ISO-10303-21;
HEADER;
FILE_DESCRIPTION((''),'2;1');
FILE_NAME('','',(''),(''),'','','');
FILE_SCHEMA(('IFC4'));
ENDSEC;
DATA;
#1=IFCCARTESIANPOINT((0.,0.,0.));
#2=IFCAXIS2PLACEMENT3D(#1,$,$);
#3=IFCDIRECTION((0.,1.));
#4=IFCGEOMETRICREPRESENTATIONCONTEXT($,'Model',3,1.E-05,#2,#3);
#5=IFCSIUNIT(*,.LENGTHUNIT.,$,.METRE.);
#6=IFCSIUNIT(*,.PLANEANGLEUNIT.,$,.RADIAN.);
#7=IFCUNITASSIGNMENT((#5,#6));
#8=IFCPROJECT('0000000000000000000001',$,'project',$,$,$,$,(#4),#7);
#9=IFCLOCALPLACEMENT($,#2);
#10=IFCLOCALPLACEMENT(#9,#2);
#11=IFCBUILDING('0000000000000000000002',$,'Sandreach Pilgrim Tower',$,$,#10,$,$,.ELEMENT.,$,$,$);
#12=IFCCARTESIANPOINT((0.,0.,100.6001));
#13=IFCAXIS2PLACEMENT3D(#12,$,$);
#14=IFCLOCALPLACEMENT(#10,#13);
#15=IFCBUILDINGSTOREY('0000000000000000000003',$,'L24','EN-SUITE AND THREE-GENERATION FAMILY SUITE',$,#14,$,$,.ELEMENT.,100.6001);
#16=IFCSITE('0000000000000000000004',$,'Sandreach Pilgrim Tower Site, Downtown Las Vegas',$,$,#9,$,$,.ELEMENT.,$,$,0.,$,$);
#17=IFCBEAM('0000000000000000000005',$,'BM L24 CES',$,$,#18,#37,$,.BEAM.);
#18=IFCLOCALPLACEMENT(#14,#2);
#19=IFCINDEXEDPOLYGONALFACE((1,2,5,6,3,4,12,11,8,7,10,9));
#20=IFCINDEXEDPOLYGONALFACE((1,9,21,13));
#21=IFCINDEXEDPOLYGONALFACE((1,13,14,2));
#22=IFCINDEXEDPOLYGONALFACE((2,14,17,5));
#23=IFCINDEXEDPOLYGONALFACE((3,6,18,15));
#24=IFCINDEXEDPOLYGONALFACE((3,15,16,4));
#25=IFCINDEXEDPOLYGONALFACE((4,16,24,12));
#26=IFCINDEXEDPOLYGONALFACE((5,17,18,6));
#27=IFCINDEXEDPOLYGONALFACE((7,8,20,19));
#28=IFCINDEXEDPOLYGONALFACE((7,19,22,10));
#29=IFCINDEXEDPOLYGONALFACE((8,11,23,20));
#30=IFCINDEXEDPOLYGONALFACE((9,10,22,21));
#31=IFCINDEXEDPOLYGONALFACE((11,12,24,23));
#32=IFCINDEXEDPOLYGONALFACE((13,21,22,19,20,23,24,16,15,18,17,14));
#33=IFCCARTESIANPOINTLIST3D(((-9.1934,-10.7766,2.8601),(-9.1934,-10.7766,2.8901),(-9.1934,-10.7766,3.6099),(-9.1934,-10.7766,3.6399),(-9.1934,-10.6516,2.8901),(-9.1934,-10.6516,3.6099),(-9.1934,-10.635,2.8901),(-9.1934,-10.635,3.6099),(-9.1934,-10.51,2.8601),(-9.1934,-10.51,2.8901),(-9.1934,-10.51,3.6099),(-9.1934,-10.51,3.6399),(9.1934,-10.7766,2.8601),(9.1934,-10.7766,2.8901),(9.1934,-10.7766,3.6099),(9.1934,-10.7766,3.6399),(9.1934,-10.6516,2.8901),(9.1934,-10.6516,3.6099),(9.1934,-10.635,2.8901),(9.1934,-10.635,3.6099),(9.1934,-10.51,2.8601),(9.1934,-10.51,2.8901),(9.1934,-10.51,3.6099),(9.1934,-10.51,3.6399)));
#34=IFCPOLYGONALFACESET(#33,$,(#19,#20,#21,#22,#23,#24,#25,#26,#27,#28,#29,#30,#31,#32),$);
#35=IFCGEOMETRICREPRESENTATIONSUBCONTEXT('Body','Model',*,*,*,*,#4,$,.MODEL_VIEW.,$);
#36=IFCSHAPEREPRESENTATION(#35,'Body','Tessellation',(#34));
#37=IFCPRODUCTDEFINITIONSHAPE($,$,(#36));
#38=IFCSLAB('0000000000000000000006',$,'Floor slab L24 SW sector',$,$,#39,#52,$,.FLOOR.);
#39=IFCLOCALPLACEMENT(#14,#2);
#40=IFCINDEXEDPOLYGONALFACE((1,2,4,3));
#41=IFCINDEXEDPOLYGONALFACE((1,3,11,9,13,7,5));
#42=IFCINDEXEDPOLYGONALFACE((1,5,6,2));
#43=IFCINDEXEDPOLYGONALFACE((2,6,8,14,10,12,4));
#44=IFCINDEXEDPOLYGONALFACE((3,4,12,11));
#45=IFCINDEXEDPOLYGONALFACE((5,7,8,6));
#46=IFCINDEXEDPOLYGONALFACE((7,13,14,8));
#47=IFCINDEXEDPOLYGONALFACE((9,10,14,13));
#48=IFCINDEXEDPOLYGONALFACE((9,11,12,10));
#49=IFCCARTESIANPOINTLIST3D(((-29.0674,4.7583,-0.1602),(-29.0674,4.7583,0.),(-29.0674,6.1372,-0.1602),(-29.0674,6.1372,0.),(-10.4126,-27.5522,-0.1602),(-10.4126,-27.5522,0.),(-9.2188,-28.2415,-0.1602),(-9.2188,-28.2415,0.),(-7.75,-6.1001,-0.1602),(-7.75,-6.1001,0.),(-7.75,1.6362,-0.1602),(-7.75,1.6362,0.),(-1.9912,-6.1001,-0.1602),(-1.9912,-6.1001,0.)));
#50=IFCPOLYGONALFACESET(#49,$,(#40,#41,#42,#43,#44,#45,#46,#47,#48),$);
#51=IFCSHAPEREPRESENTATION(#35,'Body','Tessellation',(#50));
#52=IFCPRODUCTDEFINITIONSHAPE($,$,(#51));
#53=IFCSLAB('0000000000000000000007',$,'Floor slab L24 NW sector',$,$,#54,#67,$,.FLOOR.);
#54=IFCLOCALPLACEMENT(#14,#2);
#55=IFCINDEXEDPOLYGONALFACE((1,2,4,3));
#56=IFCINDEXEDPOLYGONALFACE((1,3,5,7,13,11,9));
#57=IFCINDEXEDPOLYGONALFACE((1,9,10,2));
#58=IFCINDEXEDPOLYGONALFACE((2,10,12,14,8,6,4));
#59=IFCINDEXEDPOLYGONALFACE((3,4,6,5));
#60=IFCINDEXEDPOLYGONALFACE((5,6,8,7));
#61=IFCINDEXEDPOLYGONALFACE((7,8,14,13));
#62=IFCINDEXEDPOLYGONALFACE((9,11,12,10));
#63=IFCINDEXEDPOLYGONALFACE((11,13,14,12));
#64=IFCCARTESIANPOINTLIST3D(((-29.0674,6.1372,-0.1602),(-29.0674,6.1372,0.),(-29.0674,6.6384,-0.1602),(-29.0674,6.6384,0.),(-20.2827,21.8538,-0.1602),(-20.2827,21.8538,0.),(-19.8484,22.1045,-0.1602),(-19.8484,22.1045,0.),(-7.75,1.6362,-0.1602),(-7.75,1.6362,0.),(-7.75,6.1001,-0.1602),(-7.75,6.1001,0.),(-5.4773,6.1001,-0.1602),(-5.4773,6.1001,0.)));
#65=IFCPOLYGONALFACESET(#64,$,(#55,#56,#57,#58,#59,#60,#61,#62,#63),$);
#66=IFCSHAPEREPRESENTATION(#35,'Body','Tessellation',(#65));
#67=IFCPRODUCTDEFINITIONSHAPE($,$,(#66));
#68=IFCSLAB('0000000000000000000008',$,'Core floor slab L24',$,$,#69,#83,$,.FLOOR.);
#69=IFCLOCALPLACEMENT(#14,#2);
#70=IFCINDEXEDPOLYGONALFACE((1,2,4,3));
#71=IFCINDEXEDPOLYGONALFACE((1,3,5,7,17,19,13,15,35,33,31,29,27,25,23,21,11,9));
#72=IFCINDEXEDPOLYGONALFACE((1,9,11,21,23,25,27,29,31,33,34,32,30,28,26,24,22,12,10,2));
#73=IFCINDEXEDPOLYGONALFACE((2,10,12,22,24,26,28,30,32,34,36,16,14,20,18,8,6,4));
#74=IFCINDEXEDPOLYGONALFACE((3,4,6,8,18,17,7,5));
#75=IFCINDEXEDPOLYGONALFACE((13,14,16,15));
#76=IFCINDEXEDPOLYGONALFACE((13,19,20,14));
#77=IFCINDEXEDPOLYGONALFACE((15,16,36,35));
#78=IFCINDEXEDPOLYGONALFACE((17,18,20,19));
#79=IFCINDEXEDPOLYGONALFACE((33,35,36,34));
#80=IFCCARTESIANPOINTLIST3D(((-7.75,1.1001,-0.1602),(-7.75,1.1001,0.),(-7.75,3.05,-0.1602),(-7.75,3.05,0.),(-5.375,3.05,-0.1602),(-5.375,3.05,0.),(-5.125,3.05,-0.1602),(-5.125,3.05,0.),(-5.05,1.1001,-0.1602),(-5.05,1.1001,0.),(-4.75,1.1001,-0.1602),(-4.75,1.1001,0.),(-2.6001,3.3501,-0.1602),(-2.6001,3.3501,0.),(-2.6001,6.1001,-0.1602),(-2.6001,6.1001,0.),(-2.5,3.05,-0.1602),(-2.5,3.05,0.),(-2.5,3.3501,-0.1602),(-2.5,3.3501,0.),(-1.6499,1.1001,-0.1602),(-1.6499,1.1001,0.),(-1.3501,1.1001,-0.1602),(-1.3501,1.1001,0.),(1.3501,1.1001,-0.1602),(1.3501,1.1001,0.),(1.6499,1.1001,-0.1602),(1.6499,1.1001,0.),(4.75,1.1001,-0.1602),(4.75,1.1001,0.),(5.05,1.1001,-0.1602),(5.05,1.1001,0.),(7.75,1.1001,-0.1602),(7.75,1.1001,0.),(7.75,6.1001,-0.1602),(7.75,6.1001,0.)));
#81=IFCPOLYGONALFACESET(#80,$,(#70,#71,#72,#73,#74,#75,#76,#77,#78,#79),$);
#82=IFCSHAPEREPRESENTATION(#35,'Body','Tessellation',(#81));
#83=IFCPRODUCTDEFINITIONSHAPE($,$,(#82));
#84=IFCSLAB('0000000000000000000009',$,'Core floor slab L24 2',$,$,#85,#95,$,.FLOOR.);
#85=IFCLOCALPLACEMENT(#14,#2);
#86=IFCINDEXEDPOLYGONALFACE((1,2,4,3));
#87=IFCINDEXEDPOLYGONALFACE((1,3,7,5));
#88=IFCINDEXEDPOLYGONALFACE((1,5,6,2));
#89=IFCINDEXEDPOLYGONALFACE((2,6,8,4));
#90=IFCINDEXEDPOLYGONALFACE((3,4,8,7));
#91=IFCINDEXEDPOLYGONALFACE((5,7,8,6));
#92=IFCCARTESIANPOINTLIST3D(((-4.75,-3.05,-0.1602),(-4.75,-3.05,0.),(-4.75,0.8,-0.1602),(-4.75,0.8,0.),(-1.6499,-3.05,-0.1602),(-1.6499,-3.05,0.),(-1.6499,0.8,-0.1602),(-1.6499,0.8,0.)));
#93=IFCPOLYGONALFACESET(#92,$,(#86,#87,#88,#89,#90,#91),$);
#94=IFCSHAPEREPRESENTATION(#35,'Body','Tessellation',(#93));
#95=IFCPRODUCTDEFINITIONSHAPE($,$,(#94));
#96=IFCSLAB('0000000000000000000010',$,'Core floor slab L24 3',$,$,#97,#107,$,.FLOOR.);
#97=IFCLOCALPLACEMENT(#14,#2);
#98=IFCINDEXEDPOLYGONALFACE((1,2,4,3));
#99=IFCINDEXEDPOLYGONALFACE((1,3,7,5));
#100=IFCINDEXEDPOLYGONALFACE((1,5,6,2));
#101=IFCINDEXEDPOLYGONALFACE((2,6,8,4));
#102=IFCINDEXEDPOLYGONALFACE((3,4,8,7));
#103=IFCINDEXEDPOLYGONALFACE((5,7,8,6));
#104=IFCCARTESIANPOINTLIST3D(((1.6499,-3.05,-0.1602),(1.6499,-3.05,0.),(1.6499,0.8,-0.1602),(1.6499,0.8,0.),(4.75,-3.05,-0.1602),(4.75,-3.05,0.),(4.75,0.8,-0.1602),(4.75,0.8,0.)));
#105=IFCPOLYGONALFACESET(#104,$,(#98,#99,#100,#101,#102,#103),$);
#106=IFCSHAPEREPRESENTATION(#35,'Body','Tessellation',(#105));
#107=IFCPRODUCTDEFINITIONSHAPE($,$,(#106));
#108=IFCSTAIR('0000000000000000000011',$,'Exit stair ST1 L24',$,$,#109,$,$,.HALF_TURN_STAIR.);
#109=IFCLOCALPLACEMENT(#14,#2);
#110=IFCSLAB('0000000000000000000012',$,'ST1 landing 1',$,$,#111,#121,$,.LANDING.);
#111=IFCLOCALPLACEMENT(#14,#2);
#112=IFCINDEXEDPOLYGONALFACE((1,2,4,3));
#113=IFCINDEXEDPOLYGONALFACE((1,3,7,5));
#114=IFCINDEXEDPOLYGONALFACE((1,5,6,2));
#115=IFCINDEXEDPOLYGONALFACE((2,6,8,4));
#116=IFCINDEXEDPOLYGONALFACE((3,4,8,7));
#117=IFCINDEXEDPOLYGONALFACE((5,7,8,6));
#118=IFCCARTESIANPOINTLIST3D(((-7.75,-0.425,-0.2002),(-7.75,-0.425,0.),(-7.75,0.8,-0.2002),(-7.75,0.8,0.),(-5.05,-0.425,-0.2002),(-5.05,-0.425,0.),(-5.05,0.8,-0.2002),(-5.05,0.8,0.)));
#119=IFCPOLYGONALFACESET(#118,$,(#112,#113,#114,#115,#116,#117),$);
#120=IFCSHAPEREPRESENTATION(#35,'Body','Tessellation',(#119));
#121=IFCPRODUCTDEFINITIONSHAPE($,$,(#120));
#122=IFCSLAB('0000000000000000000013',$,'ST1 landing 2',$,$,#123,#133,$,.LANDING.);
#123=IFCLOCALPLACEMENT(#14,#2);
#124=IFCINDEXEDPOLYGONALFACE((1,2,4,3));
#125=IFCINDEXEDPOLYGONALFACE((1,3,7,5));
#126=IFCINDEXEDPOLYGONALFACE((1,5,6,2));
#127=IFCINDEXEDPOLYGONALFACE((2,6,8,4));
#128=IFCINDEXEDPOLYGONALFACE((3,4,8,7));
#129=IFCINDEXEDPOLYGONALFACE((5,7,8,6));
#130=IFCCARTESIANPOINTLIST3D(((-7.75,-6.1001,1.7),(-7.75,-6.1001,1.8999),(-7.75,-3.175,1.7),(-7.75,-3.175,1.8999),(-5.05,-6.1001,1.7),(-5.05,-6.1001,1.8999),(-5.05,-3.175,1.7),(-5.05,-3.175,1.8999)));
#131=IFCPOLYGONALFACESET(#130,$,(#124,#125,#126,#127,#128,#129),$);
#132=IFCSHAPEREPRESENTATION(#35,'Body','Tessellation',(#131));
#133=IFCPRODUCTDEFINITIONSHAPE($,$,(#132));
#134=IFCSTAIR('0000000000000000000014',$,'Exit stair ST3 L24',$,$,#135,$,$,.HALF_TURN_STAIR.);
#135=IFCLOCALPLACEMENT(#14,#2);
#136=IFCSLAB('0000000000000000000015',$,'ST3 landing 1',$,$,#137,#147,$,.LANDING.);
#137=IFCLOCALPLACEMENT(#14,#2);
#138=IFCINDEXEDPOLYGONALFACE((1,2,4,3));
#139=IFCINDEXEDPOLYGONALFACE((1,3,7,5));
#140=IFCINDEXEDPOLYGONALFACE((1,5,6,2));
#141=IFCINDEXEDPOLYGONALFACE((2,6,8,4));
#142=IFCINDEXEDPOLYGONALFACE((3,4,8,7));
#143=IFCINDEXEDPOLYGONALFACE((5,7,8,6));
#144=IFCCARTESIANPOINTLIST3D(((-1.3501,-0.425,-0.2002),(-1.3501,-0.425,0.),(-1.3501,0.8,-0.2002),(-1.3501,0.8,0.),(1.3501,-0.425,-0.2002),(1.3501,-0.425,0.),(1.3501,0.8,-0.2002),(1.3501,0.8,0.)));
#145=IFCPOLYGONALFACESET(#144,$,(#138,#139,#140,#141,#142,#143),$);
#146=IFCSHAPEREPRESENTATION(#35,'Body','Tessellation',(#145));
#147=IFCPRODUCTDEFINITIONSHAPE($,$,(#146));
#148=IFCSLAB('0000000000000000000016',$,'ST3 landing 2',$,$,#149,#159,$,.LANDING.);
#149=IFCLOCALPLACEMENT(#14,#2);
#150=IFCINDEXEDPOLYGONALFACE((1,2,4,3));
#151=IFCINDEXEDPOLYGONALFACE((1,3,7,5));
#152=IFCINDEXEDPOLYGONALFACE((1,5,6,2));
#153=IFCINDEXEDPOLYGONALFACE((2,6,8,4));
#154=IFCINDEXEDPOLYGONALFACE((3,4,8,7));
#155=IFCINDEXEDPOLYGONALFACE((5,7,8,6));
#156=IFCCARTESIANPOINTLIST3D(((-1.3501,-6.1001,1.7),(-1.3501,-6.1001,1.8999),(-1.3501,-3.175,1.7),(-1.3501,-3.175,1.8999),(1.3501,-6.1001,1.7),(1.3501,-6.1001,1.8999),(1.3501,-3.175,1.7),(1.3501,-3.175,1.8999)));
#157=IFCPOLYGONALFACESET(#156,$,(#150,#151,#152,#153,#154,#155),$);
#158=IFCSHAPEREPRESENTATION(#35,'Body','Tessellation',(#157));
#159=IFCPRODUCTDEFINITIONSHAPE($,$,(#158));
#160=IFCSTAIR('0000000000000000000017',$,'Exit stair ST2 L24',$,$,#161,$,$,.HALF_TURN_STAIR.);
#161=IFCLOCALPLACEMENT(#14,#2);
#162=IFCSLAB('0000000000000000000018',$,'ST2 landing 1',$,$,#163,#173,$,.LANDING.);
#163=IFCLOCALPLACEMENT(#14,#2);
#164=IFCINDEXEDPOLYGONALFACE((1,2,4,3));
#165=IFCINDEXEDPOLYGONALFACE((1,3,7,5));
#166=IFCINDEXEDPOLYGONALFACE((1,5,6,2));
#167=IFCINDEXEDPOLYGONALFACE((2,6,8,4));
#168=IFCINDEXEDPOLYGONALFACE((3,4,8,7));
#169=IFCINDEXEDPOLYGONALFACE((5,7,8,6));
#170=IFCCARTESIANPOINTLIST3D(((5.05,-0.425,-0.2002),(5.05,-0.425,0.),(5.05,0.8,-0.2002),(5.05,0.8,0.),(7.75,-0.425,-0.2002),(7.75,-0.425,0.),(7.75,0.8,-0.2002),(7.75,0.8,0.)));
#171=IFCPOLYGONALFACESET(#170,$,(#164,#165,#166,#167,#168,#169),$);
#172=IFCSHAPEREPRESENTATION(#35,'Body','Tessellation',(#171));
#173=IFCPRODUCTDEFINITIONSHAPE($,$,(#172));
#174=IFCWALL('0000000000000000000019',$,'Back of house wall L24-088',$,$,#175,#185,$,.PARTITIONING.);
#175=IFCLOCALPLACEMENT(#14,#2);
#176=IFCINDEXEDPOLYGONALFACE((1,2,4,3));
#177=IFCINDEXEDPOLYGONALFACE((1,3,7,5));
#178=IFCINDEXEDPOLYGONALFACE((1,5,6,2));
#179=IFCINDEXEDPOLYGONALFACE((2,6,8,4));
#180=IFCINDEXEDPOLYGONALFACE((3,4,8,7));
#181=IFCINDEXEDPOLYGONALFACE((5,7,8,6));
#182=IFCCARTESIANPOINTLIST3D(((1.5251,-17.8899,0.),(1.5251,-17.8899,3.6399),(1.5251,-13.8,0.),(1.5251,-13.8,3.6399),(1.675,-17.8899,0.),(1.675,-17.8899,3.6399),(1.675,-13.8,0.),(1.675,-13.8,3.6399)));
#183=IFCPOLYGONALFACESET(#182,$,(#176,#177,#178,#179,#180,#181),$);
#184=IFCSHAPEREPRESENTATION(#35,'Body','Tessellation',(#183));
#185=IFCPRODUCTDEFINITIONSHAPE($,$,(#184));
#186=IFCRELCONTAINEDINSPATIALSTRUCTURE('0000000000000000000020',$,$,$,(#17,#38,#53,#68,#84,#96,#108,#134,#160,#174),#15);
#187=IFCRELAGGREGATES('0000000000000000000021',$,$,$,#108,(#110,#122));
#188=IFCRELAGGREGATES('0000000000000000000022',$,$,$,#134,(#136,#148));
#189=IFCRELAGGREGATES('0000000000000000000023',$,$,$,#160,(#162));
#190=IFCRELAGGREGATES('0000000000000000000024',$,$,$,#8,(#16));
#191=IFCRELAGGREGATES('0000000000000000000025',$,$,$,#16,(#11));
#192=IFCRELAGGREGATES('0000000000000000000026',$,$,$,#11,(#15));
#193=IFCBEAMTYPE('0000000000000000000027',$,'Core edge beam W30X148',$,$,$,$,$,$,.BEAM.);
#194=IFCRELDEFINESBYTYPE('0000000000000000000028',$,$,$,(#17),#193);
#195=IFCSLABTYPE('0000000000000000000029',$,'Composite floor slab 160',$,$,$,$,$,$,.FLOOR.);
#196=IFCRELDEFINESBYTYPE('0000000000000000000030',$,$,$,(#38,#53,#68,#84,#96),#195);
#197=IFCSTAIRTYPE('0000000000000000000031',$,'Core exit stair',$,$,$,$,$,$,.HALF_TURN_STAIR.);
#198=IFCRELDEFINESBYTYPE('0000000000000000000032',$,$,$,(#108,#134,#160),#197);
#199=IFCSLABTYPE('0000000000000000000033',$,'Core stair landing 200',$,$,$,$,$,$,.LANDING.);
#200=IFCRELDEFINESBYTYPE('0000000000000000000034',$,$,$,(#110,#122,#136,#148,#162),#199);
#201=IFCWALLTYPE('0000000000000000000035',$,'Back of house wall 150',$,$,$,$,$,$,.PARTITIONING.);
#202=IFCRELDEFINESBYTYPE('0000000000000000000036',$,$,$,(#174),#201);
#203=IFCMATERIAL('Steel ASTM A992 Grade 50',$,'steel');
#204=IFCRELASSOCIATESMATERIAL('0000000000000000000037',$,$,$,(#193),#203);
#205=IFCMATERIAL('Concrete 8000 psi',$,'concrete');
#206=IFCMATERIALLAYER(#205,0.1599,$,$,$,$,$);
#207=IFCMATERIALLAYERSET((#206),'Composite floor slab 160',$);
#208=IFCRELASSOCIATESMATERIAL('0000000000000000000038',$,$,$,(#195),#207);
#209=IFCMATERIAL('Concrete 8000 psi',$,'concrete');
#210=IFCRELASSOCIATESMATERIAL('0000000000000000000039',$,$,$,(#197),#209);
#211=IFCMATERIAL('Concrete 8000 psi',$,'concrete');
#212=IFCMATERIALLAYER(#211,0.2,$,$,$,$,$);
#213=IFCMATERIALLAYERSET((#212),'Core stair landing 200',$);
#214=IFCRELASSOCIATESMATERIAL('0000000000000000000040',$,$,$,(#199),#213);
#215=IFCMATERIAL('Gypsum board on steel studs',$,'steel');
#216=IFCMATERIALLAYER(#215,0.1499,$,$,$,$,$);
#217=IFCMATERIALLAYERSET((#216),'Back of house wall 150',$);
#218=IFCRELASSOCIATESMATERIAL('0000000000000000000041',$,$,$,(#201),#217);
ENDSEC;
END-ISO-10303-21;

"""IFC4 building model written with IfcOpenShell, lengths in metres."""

from ifc_helpers import new_model, si_unit, direction, frame, frame_2d, origin, origin_2d, place, context, subcontext, project, spatial, polyline, rectangle, i_section, outline, extrude, material, layer, layer_set, material_profile, profile_set, type_object, element, aggregate, save


model = new_model("IFC4")

# Units and contexts
model_context = context("Model", 3, precision=1e-05, world=origin(), true_north=direction((0.0, 1.0)))
body_context = subcontext(model_context, "Body", "Model", "MODEL_VIEW")
ifc_project = project(units=[si_unit("LENGTHUNIT", "METRE"), si_unit("PLANEANGLEUNIT", "RADIAN")], contexts=[model_context])

# Site, building, storey
site_placement = place(None, origin())
site = spatial("IfcSite", under=ifc_project, at=site_placement, Name="Sandreach Pilgrim Tower Site, Downtown Las Vegas", CompositionType="ELEMENT", RefElevation=0.0)
building_placement = place(site_placement, origin())
building = spatial("IfcBuilding", under=site, at=building_placement, Name="Sandreach Pilgrim Tower", CompositionType="ELEMENT")
storey_placement = place(building_placement, frame((0.0, 0.0, 100.6001)))
storey = spatial("IfcBuildingStorey", under=building, at=storey_placement, Name="L24", Description="EN-SUITE AND THREE-GENERATION FAMILY SUITE", CompositionType="ELEMENT", Elevation=100.6001)

# Beam
ifc_material_1 = material(Name="Steel ASTM A992 Grade 50", Category="steel")
ifc_material_profile = material_profile(ifc_material_1, i_section(OverallWidth=0.2666, OverallDepth=0.7798, WebThickness=0.0166, FlangeThickness=0.03, at=origin_2d()), Name="W30X148")
ifc_profile_set = profile_set([ifc_material_profile], Name="Steel ASTM A992 Grade 50")
beam_type = type_object("IfcBeamType", Name="Core edge beam W30X148", PredefinedType="BEAM", material=ifc_profile_set)
beam_placement = place(storey_placement, frame((9.1934, -10.6433, 3.25), z_axis=(-1.0, 0.0, 0.0), x_axis=(0.0, -1.0, 0.0)))
element("IfcBeam", 1, at=beam_placement, inside=storey, type_object=beam_type, Name="BM L24 CES", PredefinedType="BEAM", context=body_context, shape_type="SweptSolid", body=[
    extrude(i_section(OverallWidth=0.2666, OverallDepth=0.7798, WebThickness=0.0166, FlangeThickness=0.03, at=origin_2d()), origin(), (0.0, 0.0, 1.0), 18.3867),
])

# Slabs
ifc_material_2 = material(Name="Concrete 8000 psi", Category="concrete")
ifc_layer_1 = layer(ifc_material_2, 0.1599)
ifc_layer_set_1 = layer_set([ifc_layer_1], Name="Composite floor slab 160")
slab_type_1 = type_object("IfcSlabType", Name="Composite floor slab 160", PredefinedType="FLOOR", material=ifc_layer_set_1)
slab_1_placement = place(storey_placement, frame((0.0, 0.0, -0.1602)))
element("IfcSlab", 2, at=slab_1_placement, inside=storey, type_object=slab_type_1, Name="Floor slab L24 SW sector", PredefinedType="FLOOR", context=body_context, shape_type="SweptSolid", body=[
    extrude(outline(polyline([(-10.4126, -27.5522), (-29.0674, 4.7583), (-29.0674, 6.1372), (-7.75, 1.6362), (-7.75, -6.1001), (-1.9912, -6.1001), (-9.2188, -28.2415), (-10.4126, -27.5522)])), origin(), (0.0, 0.0, 1.0), 0.1602),
])
slab_2_placement = place(storey_placement, frame((0.0, 0.0, -0.1602)))
element("IfcSlab", 3, at=slab_2_placement, inside=storey, type_object=slab_type_1, Name="Floor slab L24 NW sector", PredefinedType="FLOOR", context=body_context, shape_type="SweptSolid", body=[
    extrude(outline(polyline([(-29.0674, 6.6384), (-20.2827, 21.8538), (-19.8484, 22.1045), (-5.4773, 6.1001), (-7.75, 6.1001), (-7.75, 1.6362), (-29.0674, 6.1372), (-29.0674, 6.6384)])), origin(), (0.0, 0.0, 1.0), 0.1602),
])
slab_3_placement = place(storey_placement, frame((0.0, 0.0, -0.1602)))
element("IfcSlab", 4, at=slab_3_placement, inside=storey, type_object=slab_type_1, Name="Core floor slab L24", PredefinedType="FLOOR", context=body_context, shape_type="SweptSolid", body=[
    extrude(outline(polyline([(-7.75, 3.05), (-5.375, 3.05), (-5.125, 3.05), (-2.5, 3.05), (-2.5, 3.3501), (-2.6001, 3.3501), (-2.6001, 6.1001), (7.75, 6.1001), (7.75, 1.1001), (5.05, 1.1001), (4.75, 1.1001), (1.6499, 1.1001), (1.3501, 1.1001), (-1.3501, 1.1001), (-1.6499, 1.1001), (-4.75, 1.1001), (-5.05, 1.1001), (-7.75, 1.1001), (-7.75, 3.05)])), origin(), (0.0, 0.0, 1.0), 0.1602),
])
slab_4_placement = place(storey_placement, frame((0.0, 0.0, -0.1602)))
element("IfcSlab", 5, at=slab_4_placement, inside=storey, type_object=slab_type_1, Name="Core floor slab L24 2", PredefinedType="FLOOR", context=body_context, shape_type="SweptSolid", body=[
    extrude(outline(polyline([(-1.6499, -3.05), (-4.75, -3.05), (-4.75, 0.8), (-1.6499, 0.8), (-1.6499, -3.05)])), origin(), (0.0, 0.0, 1.0), 0.1602),
])
slab_5_placement = place(storey_placement, frame((0.0, 0.0, -0.1602)))
element("IfcSlab", 6, at=slab_5_placement, inside=storey, type_object=slab_type_1, Name="Core floor slab L24 3", PredefinedType="FLOOR", context=body_context, shape_type="SweptSolid", body=[
    extrude(outline(polyline([(4.75, -3.05), (1.6499, -3.05), (1.6499, 0.8), (4.75, 0.8), (4.75, -3.05)])), origin(), (0.0, 0.0, 1.0), 0.1602),
])

# Stairs, slabs
ifc_material_3 = material(Name="Concrete 8000 psi", Category="concrete")
stair_type = type_object("IfcStairType", Name="Core exit stair", PredefinedType="HALF_TURN_STAIR", material=ifc_material_3)
stair_1_placement = place(storey_placement, origin())
stair_1 = element("IfcStair", 7, at=stair_1_placement, inside=storey, type_object=stair_type, Name="Exit stair ST1 L24", PredefinedType="HALF_TURN_STAIR")
ifc_material_4 = material(Name="Concrete 8000 psi", Category="concrete")
ifc_layer_2 = layer(ifc_material_4, 0.2)
ifc_layer_set_2 = layer_set([ifc_layer_2], Name="Core stair landing 200")
slab_type_2 = type_object("IfcSlabType", Name="Core stair landing 200", PredefinedType="LANDING", material=ifc_layer_set_2)
slab_6_placement = place(storey_placement, frame((0.0, 0.0, -0.2002)))
slab_6 = element("IfcSlab", 8, at=slab_6_placement, type_object=slab_type_2, Name="ST1 landing 1", PredefinedType="LANDING", context=body_context, shape_type="SweptSolid", body=[
    extrude(outline(polyline([(-7.75, -0.425), (-5.05, -0.425), (-5.05, 0.8), (-7.75, 0.8), (-7.75, -0.425)])), origin(), (0.0, 0.0, 1.0), 0.2002),
])
slab_7_placement = place(storey_placement, frame((0.0, 0.0, 1.7)))
slab_7 = element("IfcSlab", 9, at=slab_7_placement, type_object=slab_type_2, Name="ST1 landing 2", PredefinedType="LANDING", context=body_context, shape_type="SweptSolid", body=[
    extrude(outline(polyline([(-7.75, -6.1001), (-5.05, -6.1001), (-5.05, -3.175), (-7.75, -3.175), (-7.75, -6.1001)])), origin(), (0.0, 0.0, 1.0), 0.2),
])
aggregate(stair_1, [slab_6, slab_7])
stair_2_placement = place(storey_placement, origin())
stair_2 = element("IfcStair", 10, at=stair_2_placement, inside=storey, type_object=stair_type, Name="Exit stair ST3 L24", PredefinedType="HALF_TURN_STAIR")
slab_8_placement = place(storey_placement, frame((0.0, 0.0, -0.2002)))
slab_8 = element("IfcSlab", 11, at=slab_8_placement, type_object=slab_type_2, Name="ST3 landing 1", PredefinedType="LANDING", context=body_context, shape_type="SweptSolid", body=[
    extrude(outline(polyline([(-1.3501, -0.425), (1.3501, -0.425), (1.3501, 0.8), (-1.3501, 0.8), (-1.3501, -0.425)])), origin(), (0.0, 0.0, 1.0), 0.2002),
])
slab_9_placement = place(storey_placement, frame((0.0, 0.0, 1.7)))
slab_9 = element("IfcSlab", 12, at=slab_9_placement, type_object=slab_type_2, Name="ST3 landing 2", PredefinedType="LANDING", context=body_context, shape_type="SweptSolid", body=[
    extrude(outline(polyline([(-1.3501, -6.1001), (1.3501, -6.1001), (1.3501, -3.175), (-1.3501, -3.175), (-1.3501, -6.1001)])), origin(), (0.0, 0.0, 1.0), 0.2),
])

# Stair, slab
stair_3_placement = place(storey_placement, origin())
stair_3 = element("IfcStair", 13, at=stair_3_placement, inside=storey, type_object=stair_type, Name="Exit stair ST2 L24", PredefinedType="HALF_TURN_STAIR")
slab_10_placement = place(storey_placement, frame((0.0, 0.0, -0.2002)))
slab_10 = element("IfcSlab", 14, at=slab_10_placement, type_object=slab_type_2, Name="ST2 landing 1", PredefinedType="LANDING", context=body_context, shape_type="SweptSolid", body=[
    extrude(outline(polyline([(5.05, -0.425), (7.75, -0.425), (7.75, 0.8), (5.05, 0.8), (5.05, -0.425)])), origin(), (0.0, 0.0, 1.0), 0.2002),
])

# Wall
ifc_material_5 = material(Name="Gypsum board on steel studs", Category="steel")
ifc_layer_3 = layer(ifc_material_5, 0.1499)
ifc_layer_set_3 = layer_set([ifc_layer_3], Name="Back of house wall 150")
wall_type_1 = type_object("IfcWallType", Name="Back of house wall 150", PredefinedType="PARTITIONING", material=ifc_layer_set_3)
wall_1_placement = place(storey_placement, frame((1.6001, -13.8, 0.0), z_axis=(0.0, 0.0, 1.0), x_axis=(0.0, -1.0, 0.0)))
element("IfcWall", 15, at=wall_1_placement, inside=storey, type_object=wall_type_1, Name="Back of house wall L24-088", PredefinedType="PARTITIONING", context=body_context, shape_type="SweptSolid", body=[
    extrude(rectangle(XDim=4.0898, YDim=0.1499, at=frame_2d((2.0449, 0.0))), origin(), (0.0, 0.0, 1.0), 3.6399),
])

aggregate(stair_2, [slab_8, slab_9])
aggregate(stair_3, [slab_10])

save(model, "model.ifc")
